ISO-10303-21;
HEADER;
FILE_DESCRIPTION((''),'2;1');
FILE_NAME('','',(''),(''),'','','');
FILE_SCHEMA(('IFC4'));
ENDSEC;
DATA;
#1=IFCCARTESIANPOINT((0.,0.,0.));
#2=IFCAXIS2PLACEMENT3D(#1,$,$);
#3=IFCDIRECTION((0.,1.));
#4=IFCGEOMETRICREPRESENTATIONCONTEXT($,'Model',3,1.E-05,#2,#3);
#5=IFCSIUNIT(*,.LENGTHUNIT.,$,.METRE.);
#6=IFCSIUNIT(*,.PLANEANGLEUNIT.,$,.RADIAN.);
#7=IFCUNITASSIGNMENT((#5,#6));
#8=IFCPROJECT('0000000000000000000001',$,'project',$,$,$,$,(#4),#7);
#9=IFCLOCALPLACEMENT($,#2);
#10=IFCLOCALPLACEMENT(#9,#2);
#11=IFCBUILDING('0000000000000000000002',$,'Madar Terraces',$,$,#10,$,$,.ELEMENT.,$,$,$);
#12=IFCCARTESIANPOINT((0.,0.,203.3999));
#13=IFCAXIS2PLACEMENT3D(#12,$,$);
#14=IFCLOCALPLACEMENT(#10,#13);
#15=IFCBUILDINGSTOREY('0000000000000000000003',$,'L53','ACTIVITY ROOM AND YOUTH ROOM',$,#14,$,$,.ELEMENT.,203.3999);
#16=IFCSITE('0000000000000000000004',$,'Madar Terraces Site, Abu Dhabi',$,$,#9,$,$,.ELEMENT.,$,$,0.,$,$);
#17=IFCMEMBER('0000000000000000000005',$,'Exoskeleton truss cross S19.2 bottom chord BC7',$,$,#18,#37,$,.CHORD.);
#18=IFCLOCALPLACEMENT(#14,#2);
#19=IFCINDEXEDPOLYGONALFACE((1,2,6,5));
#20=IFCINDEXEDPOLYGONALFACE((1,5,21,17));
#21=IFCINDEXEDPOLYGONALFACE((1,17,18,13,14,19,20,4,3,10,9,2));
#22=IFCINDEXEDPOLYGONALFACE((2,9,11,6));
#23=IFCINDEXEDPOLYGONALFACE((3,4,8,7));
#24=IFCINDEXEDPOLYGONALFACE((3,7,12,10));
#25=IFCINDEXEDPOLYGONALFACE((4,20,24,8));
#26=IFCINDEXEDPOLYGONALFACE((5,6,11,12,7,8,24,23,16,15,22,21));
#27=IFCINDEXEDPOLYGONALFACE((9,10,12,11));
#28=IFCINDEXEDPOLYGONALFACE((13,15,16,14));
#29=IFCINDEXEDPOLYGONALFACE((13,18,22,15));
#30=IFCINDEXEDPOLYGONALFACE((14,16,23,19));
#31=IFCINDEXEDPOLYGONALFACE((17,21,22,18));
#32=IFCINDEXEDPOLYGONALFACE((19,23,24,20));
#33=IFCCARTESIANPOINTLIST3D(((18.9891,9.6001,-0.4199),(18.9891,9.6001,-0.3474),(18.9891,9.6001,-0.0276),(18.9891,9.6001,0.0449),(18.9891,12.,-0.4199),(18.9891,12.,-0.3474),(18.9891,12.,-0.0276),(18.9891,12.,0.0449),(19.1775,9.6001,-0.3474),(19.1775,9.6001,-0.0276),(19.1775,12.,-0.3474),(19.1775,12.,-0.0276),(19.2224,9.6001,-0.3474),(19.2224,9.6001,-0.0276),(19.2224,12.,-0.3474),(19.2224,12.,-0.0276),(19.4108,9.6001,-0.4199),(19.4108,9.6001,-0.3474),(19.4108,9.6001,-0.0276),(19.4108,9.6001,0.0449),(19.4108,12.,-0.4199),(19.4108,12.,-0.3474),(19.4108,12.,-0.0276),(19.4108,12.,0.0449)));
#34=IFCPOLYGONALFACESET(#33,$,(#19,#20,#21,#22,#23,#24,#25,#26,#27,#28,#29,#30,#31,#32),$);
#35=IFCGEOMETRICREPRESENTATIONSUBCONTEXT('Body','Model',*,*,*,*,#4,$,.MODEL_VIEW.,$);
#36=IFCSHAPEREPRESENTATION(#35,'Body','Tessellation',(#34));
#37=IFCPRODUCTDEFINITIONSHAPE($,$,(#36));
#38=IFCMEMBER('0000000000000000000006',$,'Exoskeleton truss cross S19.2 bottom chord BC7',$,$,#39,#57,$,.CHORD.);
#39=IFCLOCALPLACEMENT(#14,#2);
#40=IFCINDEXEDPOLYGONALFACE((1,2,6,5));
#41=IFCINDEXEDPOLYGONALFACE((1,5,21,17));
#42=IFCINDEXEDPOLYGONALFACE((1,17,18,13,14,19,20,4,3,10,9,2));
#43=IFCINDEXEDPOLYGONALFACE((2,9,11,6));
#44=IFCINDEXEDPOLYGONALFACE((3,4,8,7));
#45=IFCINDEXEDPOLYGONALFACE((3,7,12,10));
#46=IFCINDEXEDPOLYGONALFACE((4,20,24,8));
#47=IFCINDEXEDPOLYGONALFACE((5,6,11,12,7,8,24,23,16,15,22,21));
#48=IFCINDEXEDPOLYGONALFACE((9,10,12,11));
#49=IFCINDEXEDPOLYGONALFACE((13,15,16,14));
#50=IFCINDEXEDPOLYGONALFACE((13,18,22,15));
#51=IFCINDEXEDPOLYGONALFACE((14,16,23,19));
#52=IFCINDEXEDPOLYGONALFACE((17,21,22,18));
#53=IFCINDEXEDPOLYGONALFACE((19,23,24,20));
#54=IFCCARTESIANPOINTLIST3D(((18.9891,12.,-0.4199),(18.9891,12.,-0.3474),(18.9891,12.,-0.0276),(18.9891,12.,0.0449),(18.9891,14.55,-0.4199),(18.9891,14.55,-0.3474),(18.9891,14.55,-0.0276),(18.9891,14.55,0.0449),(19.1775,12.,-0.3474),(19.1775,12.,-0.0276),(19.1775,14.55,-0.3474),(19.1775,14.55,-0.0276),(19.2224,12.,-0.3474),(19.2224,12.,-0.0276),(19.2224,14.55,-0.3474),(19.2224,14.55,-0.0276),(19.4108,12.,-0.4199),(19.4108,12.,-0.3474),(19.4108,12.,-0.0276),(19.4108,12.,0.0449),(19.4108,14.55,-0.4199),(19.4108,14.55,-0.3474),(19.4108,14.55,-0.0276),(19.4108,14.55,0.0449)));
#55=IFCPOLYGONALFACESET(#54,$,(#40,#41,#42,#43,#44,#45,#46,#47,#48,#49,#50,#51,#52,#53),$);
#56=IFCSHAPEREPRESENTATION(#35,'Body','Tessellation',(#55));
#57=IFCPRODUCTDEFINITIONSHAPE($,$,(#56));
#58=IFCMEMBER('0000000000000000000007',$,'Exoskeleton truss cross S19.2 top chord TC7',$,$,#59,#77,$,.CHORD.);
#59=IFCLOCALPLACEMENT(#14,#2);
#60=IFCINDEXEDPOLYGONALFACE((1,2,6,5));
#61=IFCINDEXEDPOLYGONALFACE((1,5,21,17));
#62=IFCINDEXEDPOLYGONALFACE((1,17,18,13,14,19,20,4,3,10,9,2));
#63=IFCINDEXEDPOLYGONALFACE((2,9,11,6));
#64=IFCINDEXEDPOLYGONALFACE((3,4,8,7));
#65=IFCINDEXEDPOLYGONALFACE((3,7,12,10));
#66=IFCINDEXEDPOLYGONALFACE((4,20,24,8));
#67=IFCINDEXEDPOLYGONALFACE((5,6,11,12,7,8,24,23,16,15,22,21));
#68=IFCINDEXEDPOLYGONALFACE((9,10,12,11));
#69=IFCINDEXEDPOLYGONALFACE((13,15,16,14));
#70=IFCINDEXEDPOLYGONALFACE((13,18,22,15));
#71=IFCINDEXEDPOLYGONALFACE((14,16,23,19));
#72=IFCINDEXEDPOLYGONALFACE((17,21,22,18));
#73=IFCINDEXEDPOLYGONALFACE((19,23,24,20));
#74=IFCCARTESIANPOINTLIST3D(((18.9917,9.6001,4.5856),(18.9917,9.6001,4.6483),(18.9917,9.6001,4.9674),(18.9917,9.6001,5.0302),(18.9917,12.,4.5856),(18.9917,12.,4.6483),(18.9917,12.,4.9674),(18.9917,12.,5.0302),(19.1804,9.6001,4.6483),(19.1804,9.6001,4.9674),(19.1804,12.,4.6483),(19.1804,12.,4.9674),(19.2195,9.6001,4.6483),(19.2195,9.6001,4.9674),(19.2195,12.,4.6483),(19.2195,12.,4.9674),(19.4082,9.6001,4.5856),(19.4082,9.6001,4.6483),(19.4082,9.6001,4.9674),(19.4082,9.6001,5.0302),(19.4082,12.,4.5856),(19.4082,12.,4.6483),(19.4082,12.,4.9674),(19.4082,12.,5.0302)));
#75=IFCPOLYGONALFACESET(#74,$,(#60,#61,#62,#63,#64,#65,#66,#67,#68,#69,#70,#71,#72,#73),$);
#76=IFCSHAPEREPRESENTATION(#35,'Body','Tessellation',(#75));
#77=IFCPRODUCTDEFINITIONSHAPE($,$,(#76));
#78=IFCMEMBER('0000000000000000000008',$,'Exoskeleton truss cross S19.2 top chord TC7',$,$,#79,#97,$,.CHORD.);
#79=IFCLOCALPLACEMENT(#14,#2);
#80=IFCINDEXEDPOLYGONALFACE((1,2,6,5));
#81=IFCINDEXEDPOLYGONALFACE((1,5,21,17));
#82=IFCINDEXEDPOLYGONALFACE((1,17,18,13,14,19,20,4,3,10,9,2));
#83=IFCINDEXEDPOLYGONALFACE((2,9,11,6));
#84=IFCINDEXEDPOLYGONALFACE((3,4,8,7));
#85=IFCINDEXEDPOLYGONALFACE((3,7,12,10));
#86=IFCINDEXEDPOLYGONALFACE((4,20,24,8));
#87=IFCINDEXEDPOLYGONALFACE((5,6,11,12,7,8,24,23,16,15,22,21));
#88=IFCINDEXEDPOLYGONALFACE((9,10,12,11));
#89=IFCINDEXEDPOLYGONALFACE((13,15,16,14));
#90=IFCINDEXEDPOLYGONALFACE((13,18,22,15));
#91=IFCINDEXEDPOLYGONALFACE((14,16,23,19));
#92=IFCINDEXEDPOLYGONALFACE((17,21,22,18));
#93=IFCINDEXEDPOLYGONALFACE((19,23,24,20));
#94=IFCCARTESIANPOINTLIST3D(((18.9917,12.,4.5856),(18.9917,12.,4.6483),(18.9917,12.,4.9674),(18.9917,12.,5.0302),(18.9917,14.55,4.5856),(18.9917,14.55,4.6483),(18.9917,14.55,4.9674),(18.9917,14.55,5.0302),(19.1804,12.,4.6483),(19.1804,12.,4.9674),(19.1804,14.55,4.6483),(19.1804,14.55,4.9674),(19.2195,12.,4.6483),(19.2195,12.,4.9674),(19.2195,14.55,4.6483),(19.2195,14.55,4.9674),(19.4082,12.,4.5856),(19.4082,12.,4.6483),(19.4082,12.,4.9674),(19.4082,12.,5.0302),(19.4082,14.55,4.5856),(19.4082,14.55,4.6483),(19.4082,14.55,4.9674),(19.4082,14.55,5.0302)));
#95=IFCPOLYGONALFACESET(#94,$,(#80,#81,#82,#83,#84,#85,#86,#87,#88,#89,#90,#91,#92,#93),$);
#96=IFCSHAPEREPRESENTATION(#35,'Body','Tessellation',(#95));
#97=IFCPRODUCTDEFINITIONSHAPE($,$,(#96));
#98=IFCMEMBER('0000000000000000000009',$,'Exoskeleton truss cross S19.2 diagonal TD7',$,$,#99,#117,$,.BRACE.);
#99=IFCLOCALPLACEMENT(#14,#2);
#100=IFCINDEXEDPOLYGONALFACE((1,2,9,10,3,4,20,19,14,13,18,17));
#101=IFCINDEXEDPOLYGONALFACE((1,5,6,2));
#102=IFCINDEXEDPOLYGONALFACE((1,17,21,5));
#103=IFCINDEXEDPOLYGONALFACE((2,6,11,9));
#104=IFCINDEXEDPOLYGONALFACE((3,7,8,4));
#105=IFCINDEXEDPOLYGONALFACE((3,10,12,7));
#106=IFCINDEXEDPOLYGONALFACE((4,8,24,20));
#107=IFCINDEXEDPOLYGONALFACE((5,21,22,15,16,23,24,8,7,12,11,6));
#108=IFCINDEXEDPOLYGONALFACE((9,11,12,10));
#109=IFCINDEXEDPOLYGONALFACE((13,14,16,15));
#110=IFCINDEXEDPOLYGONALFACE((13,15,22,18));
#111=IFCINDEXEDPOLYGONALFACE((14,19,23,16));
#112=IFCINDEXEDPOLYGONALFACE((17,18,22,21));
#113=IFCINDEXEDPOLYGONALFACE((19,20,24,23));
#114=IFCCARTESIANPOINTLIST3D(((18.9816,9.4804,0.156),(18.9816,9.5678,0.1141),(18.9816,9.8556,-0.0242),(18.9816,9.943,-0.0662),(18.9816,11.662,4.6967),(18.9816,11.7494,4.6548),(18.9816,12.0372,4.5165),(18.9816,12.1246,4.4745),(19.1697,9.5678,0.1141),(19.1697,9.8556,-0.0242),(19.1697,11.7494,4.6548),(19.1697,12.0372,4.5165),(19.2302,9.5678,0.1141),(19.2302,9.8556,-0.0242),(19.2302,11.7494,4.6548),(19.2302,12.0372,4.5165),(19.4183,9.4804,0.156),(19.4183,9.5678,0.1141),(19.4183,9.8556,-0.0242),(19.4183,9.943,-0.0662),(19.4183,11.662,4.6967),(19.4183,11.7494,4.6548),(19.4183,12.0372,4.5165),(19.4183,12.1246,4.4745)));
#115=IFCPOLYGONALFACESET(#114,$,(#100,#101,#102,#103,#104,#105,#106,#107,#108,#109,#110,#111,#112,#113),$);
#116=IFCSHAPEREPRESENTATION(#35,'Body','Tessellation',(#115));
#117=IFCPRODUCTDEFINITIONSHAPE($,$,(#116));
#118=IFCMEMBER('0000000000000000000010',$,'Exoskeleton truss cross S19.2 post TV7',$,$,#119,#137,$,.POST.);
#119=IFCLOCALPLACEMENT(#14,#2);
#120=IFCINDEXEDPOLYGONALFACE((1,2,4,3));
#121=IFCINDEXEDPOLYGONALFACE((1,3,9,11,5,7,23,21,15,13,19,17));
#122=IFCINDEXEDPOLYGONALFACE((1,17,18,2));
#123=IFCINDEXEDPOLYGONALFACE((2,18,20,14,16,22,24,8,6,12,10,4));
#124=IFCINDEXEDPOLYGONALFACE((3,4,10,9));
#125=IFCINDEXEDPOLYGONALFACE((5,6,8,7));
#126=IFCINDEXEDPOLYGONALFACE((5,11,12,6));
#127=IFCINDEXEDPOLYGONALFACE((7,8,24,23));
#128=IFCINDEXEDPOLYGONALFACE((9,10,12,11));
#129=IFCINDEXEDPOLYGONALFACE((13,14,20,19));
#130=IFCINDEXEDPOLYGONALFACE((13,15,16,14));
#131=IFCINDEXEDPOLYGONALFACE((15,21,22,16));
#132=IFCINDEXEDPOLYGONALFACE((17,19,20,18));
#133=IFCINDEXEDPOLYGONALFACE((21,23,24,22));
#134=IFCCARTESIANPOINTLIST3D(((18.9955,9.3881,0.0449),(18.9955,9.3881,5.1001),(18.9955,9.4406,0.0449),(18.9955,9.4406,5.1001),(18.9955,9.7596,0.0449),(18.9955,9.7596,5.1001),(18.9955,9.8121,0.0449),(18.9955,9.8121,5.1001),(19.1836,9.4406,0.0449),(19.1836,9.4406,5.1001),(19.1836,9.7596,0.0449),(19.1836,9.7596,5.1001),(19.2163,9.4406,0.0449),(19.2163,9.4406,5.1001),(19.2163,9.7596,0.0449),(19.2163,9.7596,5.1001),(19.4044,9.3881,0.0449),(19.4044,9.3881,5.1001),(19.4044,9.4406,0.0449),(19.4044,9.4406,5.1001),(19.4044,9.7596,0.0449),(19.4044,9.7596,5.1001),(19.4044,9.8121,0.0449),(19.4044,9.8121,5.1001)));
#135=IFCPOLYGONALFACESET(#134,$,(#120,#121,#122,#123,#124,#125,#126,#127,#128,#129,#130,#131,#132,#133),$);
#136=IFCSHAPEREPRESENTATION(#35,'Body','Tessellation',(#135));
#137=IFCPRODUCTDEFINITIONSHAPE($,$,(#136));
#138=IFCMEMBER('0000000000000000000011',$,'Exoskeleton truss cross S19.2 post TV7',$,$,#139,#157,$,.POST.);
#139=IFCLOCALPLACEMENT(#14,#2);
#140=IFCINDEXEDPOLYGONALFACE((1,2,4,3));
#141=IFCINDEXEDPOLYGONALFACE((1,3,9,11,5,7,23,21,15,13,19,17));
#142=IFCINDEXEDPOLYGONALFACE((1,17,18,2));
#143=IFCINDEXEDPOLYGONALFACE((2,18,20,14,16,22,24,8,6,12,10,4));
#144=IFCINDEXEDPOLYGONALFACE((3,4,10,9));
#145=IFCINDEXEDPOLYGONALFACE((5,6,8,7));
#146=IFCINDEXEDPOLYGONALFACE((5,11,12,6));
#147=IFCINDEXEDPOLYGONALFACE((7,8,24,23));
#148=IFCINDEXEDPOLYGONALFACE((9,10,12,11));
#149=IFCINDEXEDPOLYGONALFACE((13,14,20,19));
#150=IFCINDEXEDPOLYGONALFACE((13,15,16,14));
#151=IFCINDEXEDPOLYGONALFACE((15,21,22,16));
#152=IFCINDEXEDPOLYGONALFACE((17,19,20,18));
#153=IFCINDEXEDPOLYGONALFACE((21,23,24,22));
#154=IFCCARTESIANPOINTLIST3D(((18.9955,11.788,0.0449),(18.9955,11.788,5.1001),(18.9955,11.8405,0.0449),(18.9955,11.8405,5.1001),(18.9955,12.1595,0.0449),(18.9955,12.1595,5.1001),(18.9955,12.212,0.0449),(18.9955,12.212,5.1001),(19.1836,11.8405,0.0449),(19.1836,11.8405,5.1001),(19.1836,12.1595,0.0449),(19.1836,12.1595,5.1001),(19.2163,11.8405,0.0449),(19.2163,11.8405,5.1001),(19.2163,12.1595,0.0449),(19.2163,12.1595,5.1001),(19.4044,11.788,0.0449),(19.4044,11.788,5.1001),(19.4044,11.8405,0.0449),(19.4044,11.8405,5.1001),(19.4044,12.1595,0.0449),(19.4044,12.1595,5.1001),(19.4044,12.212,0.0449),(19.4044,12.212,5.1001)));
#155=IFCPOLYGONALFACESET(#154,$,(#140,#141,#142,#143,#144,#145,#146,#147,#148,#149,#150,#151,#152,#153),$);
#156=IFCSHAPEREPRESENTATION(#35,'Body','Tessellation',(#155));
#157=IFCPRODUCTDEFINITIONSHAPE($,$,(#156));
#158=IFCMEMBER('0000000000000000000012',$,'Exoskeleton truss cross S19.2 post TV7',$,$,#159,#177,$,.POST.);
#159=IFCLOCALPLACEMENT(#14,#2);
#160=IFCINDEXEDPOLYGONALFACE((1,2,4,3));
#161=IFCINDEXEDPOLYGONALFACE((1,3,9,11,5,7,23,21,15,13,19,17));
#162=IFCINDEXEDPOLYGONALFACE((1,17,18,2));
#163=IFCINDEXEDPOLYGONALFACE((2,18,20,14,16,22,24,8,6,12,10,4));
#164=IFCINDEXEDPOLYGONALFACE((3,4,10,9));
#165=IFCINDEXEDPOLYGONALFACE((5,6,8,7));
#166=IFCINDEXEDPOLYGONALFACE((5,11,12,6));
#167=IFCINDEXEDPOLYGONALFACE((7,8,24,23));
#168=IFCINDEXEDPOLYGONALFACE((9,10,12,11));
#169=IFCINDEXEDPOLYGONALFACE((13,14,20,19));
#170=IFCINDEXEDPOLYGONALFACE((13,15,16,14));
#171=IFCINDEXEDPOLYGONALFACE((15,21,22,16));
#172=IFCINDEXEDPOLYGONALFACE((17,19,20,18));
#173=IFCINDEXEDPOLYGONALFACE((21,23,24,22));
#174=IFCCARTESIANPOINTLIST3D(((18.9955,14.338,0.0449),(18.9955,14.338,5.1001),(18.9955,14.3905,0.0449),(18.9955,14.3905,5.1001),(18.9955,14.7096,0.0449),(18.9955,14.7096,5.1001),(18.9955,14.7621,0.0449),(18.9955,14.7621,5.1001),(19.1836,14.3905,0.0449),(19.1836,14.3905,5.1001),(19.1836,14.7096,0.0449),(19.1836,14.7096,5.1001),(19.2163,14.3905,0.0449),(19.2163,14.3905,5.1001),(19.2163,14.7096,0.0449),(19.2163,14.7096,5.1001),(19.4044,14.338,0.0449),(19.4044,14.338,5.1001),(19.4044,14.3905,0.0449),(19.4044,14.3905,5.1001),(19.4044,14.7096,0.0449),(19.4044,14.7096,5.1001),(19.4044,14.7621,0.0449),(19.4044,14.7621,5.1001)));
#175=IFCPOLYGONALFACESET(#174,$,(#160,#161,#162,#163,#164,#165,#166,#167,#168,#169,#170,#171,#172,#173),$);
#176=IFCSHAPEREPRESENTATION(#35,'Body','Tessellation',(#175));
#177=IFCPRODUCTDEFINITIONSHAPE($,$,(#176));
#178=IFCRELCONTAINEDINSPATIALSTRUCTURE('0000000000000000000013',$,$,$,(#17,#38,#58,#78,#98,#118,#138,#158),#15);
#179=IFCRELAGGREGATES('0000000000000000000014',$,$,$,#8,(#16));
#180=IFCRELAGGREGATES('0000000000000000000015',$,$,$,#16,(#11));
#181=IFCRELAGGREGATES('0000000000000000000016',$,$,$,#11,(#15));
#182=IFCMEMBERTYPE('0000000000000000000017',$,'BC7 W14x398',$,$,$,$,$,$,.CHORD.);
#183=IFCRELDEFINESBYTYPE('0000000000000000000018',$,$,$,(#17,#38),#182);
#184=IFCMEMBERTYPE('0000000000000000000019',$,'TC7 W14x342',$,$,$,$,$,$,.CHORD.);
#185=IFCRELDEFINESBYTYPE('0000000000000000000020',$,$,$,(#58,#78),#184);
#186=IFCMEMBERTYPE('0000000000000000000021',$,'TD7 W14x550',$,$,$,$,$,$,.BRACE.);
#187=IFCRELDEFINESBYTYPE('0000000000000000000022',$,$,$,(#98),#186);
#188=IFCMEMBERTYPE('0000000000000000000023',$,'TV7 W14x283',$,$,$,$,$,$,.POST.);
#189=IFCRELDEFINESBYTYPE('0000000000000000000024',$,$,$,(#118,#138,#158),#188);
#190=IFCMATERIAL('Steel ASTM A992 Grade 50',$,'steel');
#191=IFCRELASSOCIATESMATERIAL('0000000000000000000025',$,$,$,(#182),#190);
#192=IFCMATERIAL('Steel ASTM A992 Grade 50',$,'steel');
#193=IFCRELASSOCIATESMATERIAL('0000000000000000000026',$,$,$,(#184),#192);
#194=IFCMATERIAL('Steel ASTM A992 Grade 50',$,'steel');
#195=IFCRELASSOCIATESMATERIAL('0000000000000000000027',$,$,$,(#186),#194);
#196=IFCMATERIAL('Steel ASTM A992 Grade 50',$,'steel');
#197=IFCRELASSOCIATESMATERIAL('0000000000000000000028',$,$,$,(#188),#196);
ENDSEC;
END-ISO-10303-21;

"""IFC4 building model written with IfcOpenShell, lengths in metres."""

from ifc_helpers import new_model, si_unit, direction, frame, origin, origin_2d, place, context, subcontext, project, spatial, i_section, extrude, material, material_profile, profile_set, type_object, element, save


model = new_model("IFC4")

# Units and contexts
model_context = context("Model", 3, precision=1e-05, world=origin(), true_north=direction((0.0, 1.0)))
body_context = subcontext(model_context, "Body", "Model", "MODEL_VIEW")
ifc_project = project(units=[si_unit("LENGTHUNIT", "METRE"), si_unit("PLANEANGLEUNIT", "RADIAN")], contexts=[model_context])

# Site, building, storey
site_placement = place(None, origin())
site = spatial("IfcSite", under=ifc_project, at=site_placement, Name="Madar Terraces Site, Abu Dhabi", CompositionType="ELEMENT", RefElevation=0.0)
building_placement = place(site_placement, origin())
building = spatial("IfcBuilding", under=site, at=building_placement, Name="Madar Terraces", CompositionType="ELEMENT")
storey_placement = place(building_placement, frame((0.0, 0.0, 203.3999)))
storey = spatial("IfcBuildingStorey", under=building, at=storey_placement, Name="L53", Description="ACTIVITY ROOM AND YOUTH ROOM", CompositionType="ELEMENT", Elevation=203.3999)

# Members
ifc_material_1 = material(Name="Steel ASTM A992 Grade 50", Category="steel")
ifc_material_profile_1 = material_profile(ifc_material_1, i_section(OverallWidth=0.4216, OverallDepth=0.4648, WebThickness=0.0449, FlangeThickness=0.0725, at=origin_2d()), Name="W14x398")
ifc_profile_set_1 = profile_set([ifc_material_profile_1], Name="Steel ASTM A992 Grade 50")
member_type_1 = type_object("IfcMemberType", Name="BC7 W14x398", PredefinedType="CHORD", material=ifc_profile_set_1)
member_1_placement = place(storey_placement, frame((19.2, 9.6001, -0.1875), z_axis=(0.0, 1.0, 0.0), x_axis=(-1.0, 0.0, 0.0)))
element("IfcMember", 1, at=member_1_placement, inside=storey, type_object=member_type_1, Name="Exoskeleton truss cross S19.2 bottom chord BC7", PredefinedType="CHORD", context=body_context, shape_type="SweptSolid", body=[
    extrude(i_section(OverallWidth=0.4216, OverallDepth=0.4648, WebThickness=0.0449, FlangeThickness=0.0725, at=origin_2d()), origin(), (0.0, 0.0, 1.0), 2.3999),
])
member_2_placement = place(storey_placement, frame((19.2, 12.0, -0.1875), z_axis=(0.0, 1.0, 0.0), x_axis=(-1.0, 0.0, 0.0)))
element("IfcMember", 2, at=member_2_placement, inside=storey, type_object=member_type_1, Name="Exoskeleton truss cross S19.2 bottom chord BC7", PredefinedType="CHORD", context=body_context, shape_type="SweptSolid", body=[
    extrude(i_section(OverallWidth=0.4216, OverallDepth=0.4648, WebThickness=0.0449, FlangeThickness=0.0725, at=origin_2d()), origin(), (0.0, 0.0, 1.0), 2.55),
])
ifc_material_2 = material(Name="Steel ASTM A992 Grade 50", Category="steel")
ifc_material_profile_2 = material_profile(ifc_material_2, i_section(OverallWidth=0.4165, OverallDepth=0.4446, WebThickness=0.0391, FlangeThickness=0.0627, at=origin_2d()), Name="W14x342")
ifc_profile_set_2 = profile_set([ifc_material_profile_2], Name="Steel ASTM A992 Grade 50")
member_type_2 = type_object("IfcMemberType", Name="TC7 W14x342", PredefinedType="CHORD", material=ifc_profile_set_2)
member_3_placement = place(storey_placement, frame((19.2, 9.6001, 4.8079), z_axis=(0.0, 1.0, 0.0), x_axis=(-1.0, 0.0, 0.0)))
element("IfcMember", 3, at=member_3_placement, inside=storey, type_object=member_type_2, Name="Exoskeleton truss cross S19.2 top chord TC7", PredefinedType="CHORD", context=body_context, shape_type="SweptSolid", body=[
    extrude(i_section(OverallWidth=0.4165, OverallDepth=0.4446, WebThickness=0.0391, FlangeThickness=0.0627, at=origin_2d()), origin(), (0.0, 0.0, 1.0), 2.3999),
])
member_4_placement = place(storey_placement, frame((19.2, 12.0, 4.8079), z_axis=(0.0, 1.0, 0.0), x_axis=(-1.0, 0.0, 0.0)))
element("IfcMember", 4, at=member_4_placement, inside=storey, type_object=member_type_2, Name="Exoskeleton truss cross S19.2 top chord TC7", PredefinedType="CHORD", context=body_context, shape_type="SweptSolid", body=[
    extrude(i_section(OverallWidth=0.4165, OverallDepth=0.4446, WebThickness=0.0391, FlangeThickness=0.0627, at=origin_2d()), origin(), (0.0, 0.0, 1.0), 2.55),
])
ifc_material_3 = material(Name="Steel ASTM A992 Grade 50", Category="steel")
ifc_material_profile_3 = material_profile(ifc_material_3, i_section(OverallWidth=0.4368, OverallDepth=0.5132, WebThickness=0.0605, FlangeThickness=0.0969, at=origin_2d()), Name="W14x550")
ifc_profile_set_3 = profile_set([ifc_material_profile_3], Name="Steel ASTM A992 Grade 50")
member_type_3 = type_object("IfcMemberType", Name="TD7 W14x550", PredefinedType="BRACE", material=ifc_profile_set_3)
member_5_placement = place(storey_placement, frame((19.2, 9.7117, 0.0449), z_axis=(0.0, 0.433065, 0.901363), x_axis=(-1.0, 0.0, 0.0)))
element("IfcMember", 5, at=member_5_placement, inside=storey, type_object=member_type_3, Name="Exoskeleton truss cross S19.2 diagonal TD7", PredefinedType="BRACE", context=body_context, shape_type="SweptSolid", body=[
    extrude(i_section(OverallWidth=0.4368, OverallDepth=0.5132, WebThickness=0.0605, FlangeThickness=0.0969, at=origin_2d()), origin(), (0.0, 0.0, 1.0), 5.0376),
])
ifc_material_4 = material(Name="Steel ASTM A992 Grade 50", Category="steel")
ifc_material_profile_4 = material_profile(ifc_material_4, i_section(OverallWidth=0.4089, OverallDepth=0.4241, WebThickness=0.0327, FlangeThickness=0.0525, at=origin_2d()), Name="W14x283")
ifc_profile_set_4 = profile_set([ifc_material_profile_4], Name="Steel ASTM A992 Grade 50")
member_type_4 = type_object("IfcMemberType", Name="TV7 W14x283", PredefinedType="POST", material=ifc_profile_set_4)
for number, where, z_axis, x_axis, name in (
    (6, (19.2, 9.6001, 0.0449), (0.0, 0.0, 1.0), (-1.0, 0.0, 0.0), "Exoskeleton truss cross S19.2 post TV7"),
    (7, (19.2, 12.0, 0.0449), (0.0, 0.0, 1.0), (-1.0, 0.0, 0.0), "Exoskeleton truss cross S19.2 post TV7"),
    (8, (19.2, 14.55, 0.0449), (0.0, 0.0, 1.0), (-1.0, 0.0, 0.0), "Exoskeleton truss cross S19.2 post TV7"),
):
    element("IfcMember", number, at=place(storey_placement, frame(where, z_axis=z_axis, x_axis=x_axis)), inside=storey, type_object=member_type_4, Name=name, PredefinedType="POST", context=body_context, shape_type="SweptSolid", body=[
        extrude(i_section(OverallWidth=0.4089, OverallDepth=0.4241, WebThickness=0.0327, FlangeThickness=0.0525, at=origin_2d()), origin(), (0.0, 0.0, 1.0), 5.0552),
    ])

save(model, "model.ifc")
